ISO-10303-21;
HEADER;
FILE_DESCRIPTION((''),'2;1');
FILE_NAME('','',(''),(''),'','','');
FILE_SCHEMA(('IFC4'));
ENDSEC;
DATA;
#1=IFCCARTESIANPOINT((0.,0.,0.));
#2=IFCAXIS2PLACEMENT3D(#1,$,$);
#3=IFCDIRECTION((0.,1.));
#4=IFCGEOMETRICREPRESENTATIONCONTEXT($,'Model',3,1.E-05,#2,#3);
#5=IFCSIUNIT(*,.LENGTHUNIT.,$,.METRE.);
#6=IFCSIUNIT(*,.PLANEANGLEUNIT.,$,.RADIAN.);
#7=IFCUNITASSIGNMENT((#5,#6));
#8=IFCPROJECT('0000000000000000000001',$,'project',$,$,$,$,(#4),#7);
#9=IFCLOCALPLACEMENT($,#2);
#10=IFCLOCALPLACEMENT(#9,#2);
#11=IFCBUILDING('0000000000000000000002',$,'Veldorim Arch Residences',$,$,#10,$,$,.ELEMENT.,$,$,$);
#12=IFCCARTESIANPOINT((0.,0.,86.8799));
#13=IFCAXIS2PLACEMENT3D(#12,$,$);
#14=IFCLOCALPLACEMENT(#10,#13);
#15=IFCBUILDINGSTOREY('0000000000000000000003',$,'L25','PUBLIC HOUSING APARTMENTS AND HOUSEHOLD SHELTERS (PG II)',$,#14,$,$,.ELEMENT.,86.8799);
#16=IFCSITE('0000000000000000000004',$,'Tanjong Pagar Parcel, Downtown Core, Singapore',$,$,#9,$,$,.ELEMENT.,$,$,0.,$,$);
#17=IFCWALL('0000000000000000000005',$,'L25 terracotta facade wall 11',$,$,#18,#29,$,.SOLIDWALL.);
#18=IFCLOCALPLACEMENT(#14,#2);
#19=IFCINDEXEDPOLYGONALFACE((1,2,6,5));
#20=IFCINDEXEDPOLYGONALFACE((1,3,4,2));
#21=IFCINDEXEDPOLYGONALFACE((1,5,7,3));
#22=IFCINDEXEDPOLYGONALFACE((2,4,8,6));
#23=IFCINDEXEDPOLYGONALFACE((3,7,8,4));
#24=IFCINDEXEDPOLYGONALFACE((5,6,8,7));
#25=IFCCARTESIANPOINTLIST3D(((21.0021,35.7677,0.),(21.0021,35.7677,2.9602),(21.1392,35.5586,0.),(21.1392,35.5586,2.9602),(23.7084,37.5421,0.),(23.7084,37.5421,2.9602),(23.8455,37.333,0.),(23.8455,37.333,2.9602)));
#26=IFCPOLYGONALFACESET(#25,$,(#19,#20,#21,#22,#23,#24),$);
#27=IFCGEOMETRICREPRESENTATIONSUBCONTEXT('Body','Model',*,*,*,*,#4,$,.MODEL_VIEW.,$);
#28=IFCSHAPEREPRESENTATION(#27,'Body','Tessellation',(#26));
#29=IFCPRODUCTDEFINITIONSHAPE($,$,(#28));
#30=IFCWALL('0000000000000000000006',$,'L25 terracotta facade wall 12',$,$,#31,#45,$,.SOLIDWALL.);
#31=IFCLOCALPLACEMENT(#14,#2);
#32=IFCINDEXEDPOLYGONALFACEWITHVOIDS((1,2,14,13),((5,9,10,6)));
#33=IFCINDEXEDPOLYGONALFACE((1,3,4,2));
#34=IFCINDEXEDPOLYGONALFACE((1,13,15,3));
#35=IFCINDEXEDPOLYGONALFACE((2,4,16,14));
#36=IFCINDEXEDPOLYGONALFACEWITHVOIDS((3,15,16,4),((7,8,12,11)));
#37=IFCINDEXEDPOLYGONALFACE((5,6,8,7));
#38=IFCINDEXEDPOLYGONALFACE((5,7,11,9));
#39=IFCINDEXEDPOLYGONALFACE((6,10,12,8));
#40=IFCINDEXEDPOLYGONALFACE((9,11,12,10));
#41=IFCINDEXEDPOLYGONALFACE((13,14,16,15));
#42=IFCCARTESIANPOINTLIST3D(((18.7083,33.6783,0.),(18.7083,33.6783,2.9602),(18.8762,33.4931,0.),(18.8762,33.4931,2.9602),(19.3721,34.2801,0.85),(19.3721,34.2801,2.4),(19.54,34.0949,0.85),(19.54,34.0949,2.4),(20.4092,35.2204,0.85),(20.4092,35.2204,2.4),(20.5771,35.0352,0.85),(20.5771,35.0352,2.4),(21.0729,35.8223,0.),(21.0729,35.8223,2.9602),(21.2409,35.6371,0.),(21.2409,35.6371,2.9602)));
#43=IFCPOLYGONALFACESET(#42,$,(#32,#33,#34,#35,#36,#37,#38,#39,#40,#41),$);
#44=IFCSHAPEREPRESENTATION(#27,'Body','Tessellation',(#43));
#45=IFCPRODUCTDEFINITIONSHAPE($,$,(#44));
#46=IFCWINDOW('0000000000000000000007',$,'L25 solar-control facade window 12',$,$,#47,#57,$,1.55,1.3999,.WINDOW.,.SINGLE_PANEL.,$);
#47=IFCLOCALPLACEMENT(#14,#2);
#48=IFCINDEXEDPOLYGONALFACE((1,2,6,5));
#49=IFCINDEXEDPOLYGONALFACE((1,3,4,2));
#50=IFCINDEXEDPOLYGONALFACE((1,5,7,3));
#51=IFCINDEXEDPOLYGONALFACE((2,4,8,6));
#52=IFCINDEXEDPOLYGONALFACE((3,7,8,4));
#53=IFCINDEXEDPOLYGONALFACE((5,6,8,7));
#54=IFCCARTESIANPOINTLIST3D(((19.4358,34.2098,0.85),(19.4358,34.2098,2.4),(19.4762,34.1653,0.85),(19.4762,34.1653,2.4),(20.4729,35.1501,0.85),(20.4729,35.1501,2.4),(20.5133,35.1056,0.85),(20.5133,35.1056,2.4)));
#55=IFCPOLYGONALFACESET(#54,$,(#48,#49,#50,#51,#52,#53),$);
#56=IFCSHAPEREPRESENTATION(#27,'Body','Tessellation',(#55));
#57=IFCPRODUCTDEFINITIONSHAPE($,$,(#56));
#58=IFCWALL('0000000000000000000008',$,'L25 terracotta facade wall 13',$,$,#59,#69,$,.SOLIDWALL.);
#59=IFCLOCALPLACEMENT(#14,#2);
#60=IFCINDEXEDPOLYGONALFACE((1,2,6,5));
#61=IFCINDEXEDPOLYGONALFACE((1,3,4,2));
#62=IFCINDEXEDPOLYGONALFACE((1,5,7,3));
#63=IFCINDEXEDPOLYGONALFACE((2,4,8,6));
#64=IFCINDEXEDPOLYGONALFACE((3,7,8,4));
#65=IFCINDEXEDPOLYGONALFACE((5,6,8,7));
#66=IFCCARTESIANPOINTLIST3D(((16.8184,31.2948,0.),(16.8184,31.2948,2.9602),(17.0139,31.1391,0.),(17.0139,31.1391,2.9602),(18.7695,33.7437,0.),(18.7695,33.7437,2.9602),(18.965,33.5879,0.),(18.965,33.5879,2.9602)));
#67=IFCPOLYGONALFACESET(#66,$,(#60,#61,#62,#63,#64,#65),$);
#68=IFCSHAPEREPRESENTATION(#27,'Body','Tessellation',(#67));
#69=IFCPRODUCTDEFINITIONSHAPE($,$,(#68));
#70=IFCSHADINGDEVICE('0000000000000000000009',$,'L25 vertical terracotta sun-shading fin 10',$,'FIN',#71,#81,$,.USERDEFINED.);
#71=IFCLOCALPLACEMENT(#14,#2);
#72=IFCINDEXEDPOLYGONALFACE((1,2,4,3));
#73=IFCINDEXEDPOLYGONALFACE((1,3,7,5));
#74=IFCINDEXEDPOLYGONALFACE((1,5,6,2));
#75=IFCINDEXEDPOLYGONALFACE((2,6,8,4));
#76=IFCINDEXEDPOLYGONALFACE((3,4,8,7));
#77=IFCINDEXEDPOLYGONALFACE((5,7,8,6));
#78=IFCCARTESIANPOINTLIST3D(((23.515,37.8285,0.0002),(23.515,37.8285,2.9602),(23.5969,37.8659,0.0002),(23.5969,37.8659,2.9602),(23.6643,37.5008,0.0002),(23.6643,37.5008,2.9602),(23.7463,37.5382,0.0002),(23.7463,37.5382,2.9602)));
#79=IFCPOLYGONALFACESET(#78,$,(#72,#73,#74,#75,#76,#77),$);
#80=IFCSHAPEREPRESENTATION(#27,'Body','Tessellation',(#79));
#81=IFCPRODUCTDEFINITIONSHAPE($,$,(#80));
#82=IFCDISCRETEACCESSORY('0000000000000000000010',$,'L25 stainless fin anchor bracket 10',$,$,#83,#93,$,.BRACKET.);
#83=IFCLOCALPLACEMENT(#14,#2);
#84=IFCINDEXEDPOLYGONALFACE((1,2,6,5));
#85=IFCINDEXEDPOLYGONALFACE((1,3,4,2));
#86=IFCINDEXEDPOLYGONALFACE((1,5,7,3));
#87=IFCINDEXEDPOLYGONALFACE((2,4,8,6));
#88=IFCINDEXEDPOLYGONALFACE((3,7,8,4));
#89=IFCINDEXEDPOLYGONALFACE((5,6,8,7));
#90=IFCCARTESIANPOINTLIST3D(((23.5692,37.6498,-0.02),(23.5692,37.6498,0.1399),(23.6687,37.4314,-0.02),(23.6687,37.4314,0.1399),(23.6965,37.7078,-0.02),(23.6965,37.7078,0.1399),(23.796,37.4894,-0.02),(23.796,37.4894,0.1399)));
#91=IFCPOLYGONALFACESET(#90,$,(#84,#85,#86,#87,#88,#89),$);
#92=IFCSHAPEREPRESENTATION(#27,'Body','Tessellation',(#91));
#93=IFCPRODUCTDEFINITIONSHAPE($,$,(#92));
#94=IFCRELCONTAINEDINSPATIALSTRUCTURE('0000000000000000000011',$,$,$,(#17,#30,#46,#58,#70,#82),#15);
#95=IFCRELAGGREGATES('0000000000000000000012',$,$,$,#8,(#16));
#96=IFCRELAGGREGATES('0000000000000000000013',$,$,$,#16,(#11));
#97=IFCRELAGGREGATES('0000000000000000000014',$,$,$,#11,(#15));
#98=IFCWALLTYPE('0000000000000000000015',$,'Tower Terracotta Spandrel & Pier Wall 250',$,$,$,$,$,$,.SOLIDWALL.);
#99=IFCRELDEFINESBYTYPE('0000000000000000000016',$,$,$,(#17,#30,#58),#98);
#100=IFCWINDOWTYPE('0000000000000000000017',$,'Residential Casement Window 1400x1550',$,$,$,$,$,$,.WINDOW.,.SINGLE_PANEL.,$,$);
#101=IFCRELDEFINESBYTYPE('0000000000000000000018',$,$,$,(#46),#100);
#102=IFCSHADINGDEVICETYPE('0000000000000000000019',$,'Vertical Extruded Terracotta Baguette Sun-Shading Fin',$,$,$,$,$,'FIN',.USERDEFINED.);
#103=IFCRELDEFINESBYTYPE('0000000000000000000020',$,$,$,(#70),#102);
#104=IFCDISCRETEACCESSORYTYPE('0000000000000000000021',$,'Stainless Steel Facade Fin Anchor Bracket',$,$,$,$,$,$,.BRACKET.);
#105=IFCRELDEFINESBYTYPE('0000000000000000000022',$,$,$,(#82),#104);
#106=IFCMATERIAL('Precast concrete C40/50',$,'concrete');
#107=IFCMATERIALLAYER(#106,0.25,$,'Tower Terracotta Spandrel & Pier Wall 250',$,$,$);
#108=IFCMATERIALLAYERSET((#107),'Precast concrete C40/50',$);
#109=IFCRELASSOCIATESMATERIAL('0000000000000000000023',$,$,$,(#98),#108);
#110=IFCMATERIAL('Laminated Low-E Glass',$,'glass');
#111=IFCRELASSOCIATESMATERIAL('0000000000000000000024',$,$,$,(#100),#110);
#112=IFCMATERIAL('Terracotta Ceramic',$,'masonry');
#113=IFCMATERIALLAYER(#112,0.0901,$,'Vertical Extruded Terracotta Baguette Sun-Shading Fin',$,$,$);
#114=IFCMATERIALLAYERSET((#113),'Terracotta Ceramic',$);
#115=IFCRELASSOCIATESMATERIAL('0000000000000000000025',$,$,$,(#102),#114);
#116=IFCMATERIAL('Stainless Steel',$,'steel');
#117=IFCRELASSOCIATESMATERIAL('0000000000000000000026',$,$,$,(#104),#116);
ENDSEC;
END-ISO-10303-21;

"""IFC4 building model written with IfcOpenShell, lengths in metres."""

from ifc_helpers import new_model, si_unit, direction, frame, frame_2d, origin, origin_2d, place, context, subcontext, project, spatial, rectangle, extrude, material, layer, layer_set, type_object, element, fill, save


model = new_model("IFC4")

# Units and contexts
model_context = context("Model", 3, precision=1e-05, world=origin(), true_north=direction((0.0, 1.0)))
body_context = subcontext(model_context, "Body", "Model", "MODEL_VIEW")
ifc_project = project(units=[si_unit("LENGTHUNIT", "METRE"), si_unit("PLANEANGLEUNIT", "RADIAN")], contexts=[model_context])

# Site, building, storey
site_placement = place(None, origin())
site = spatial("IfcSite", under=ifc_project, at=site_placement, Name="Tanjong Pagar Parcel, Downtown Core, Singapore", CompositionType="ELEMENT", RefElevation=0.0)
building_placement = place(site_placement, origin())
building = spatial("IfcBuilding", under=site, at=building_placement, Name="Veldorim Arch Residences", CompositionType="ELEMENT")
storey_placement = place(building_placement, frame((0.0, 0.0, 86.8799)))
storey = spatial("IfcBuildingStorey", under=building, at=storey_placement, Name="L25", Description="PUBLIC HOUSING APARTMENTS AND HOUSEHOLD SHELTERS (PG II)", CompositionType="ELEMENT", Elevation=86.8799)

# Wall
ifc_material_1 = material(Name="Precast concrete C40/50", Category="concrete")
ifc_layer_1 = layer(ifc_material_1, 0.25, Name="Tower Terracotta Spandrel & Pier Wall 250")
ifc_layer_set_1 = layer_set([ifc_layer_1], Name="Precast concrete C40/50")
wall_type_1 = type_object("IfcWallType", Name="Tower Terracotta Spandrel & Pier Wall 250", PredefinedType="SOLIDWALL", material=ifc_layer_set_1)
wall_1_placement = place(storey_placement, frame((21.0706, 35.6631, 0.0), z_axis=(0.0, 0.0, 1.0), x_axis=(0.836274, 0.548312, 0.0)))
element("IfcWall", 1, at=wall_1_placement, inside=storey, type_object=wall_type_1, Name="L25 terracotta facade wall 11", PredefinedType="SOLIDWALL", context=body_context, shape_type="SweptSolid", body=[
    extrude(rectangle(XDim=3.2361, YDim=0.25, at=frame_2d((1.6182, 0.0))), origin(), (0.0, 0.0, 1.0), 2.9602),
])

# Wall, opening, window
wall_2_placement = place(storey_placement, frame((18.7922, 33.5857, 0.0), z_axis=(0.0, 0.0, 1.0), x_axis=(0.740832, 0.67169, 0.0)))
wall_2 = element("IfcWall", 2, at=wall_2_placement, inside=storey, type_object=wall_type_1, Name="L25 terracotta facade wall 12", PredefinedType="SOLIDWALL", context=body_context, shape_type="SweptSolid", body=[
    extrude(rectangle(XDim=3.1919, YDim=0.25, at=frame_2d((1.5959, 0.0))), origin(), (0.0, 0.0, 1.0), 2.9602),
])
opening_1_placement = place(wall_2_placement, frame((0.896, 0.0, 0.8501)))
opening_1 = element("IfcOpeningElement", 3, at=opening_1_placement, cuts=wall_2, PredefinedType="OPENING", context=body_context, shape_type="SweptSolid", body=[
    extrude(rectangle(XDim=1.3999, YDim=1.55, at=frame_2d((0.7, 0.7749))), frame((0.0, 0.135, 0.0), z_axis=(0.0, -1.0, 0.0), x_axis=(1.0, 0.0, 0.0)), (0.0, 0.0, 1.0), 0.27),
])
ifc_material_2 = material(Name="Laminated Low-E Glass", Category="glass")
window_type = type_object("IfcWindowType", Name="Residential Casement Window 1400x1550", PartitioningType="SINGLE_PANEL", PredefinedType="WINDOW", material=ifc_material_2)
window_placement = place(opening_1_placement, origin())
window = element("IfcWindow", 4, at=window_placement, inside=storey, type_object=window_type, Name="L25 solar-control facade window 12", OverallHeight=1.55, OverallWidth=1.3999, PartitioningType="SINGLE_PANEL", PredefinedType="WINDOW", context=body_context, shape_type="SweptSolid", body=[
    extrude(rectangle(XDim=1.3999, YDim=1.55, at=frame_2d((0.7, 0.7749))), frame((0.0, 0.03, 0.0), z_axis=(0.0, -1.0, 0.0), x_axis=(1.0, 0.0, 0.0)), (0.0, 0.0, 1.0), 0.0601),
])
fill(opening_1, window)

# Wall
wall_3_placement = place(storey_placement, frame((16.9163, 31.217, 0.0), z_axis=(0.0, 0.0, 1.0), x_axis=(0.623134, 0.782115, 0.0)))
element("IfcWall", 5, at=wall_3_placement, inside=storey, type_object=wall_type_1, Name="L25 terracotta facade wall 13", PredefinedType="SOLIDWALL", context=body_context, shape_type="SweptSolid", body=[
    extrude(rectangle(XDim=3.1311, YDim=0.25, at=frame_2d((1.5654, 0.0))), origin(), (0.0, 0.0, 1.0), 2.9602),
])

# Shading device
ifc_material_3 = material(Name="Terracotta Ceramic", Category="masonry")
ifc_layer_2 = layer(ifc_material_3, 0.0901, Name="Vertical Extruded Terracotta Baguette Sun-Shading Fin")
ifc_layer_set_2 = layer_set([ifc_layer_2], Name="Terracotta Ceramic")
shading_device_type = type_object("IfcShadingDeviceType", Name="Vertical Extruded Terracotta Baguette Sun-Shading Fin", ElementType="FIN", PredefinedType="USERDEFINED", material=ifc_layer_set_2)
shading_device_placement = place(storey_placement, frame((23.6306, 37.6833, 0.0002), z_axis=(0.0, 0.0, 1.0), x_axis=(0.909961, 0.414693, 0.0)))
element("IfcShadingDevice", 6, at=shading_device_placement, inside=storey, type_object=shading_device_type, Name="L25 vertical terracotta sun-shading fin 10", ObjectType="FIN", PredefinedType="USERDEFINED", context=body_context, shape_type="SweptSolid", body=[
    extrude(rectangle(XDim=0.0901, YDim=0.3601, at=origin_2d()), origin(), (0.0, 0.0, 1.0), 2.96),
])

# Discrete accessory
ifc_material_4 = material(Name="Stainless Steel", Category="steel")
discrete_accessory_type = type_object("IfcDiscreteAccessoryType", Name="Stainless Steel Facade Fin Anchor Bracket", PredefinedType="BRACKET", material=ifc_material_4)
discrete_accessory_placement = place(storey_placement, frame((23.6826, 37.5696, -0.02), z_axis=(0.0, 0.0, 1.0), x_axis=(0.909961, 0.414693, 0.0)))
element("IfcDiscreteAccessory", 7, at=discrete_accessory_placement, inside=storey, type_object=discrete_accessory_type, Name="L25 stainless fin anchor bracket 10", PredefinedType="BRACKET", context=body_context, shape_type="SweptSolid", body=[
    extrude(rectangle(XDim=0.1399, YDim=0.24, at=origin_2d()), origin(), (0.0, 0.0, 1.0), 0.1599),
])

save(model, "model.ifc")
